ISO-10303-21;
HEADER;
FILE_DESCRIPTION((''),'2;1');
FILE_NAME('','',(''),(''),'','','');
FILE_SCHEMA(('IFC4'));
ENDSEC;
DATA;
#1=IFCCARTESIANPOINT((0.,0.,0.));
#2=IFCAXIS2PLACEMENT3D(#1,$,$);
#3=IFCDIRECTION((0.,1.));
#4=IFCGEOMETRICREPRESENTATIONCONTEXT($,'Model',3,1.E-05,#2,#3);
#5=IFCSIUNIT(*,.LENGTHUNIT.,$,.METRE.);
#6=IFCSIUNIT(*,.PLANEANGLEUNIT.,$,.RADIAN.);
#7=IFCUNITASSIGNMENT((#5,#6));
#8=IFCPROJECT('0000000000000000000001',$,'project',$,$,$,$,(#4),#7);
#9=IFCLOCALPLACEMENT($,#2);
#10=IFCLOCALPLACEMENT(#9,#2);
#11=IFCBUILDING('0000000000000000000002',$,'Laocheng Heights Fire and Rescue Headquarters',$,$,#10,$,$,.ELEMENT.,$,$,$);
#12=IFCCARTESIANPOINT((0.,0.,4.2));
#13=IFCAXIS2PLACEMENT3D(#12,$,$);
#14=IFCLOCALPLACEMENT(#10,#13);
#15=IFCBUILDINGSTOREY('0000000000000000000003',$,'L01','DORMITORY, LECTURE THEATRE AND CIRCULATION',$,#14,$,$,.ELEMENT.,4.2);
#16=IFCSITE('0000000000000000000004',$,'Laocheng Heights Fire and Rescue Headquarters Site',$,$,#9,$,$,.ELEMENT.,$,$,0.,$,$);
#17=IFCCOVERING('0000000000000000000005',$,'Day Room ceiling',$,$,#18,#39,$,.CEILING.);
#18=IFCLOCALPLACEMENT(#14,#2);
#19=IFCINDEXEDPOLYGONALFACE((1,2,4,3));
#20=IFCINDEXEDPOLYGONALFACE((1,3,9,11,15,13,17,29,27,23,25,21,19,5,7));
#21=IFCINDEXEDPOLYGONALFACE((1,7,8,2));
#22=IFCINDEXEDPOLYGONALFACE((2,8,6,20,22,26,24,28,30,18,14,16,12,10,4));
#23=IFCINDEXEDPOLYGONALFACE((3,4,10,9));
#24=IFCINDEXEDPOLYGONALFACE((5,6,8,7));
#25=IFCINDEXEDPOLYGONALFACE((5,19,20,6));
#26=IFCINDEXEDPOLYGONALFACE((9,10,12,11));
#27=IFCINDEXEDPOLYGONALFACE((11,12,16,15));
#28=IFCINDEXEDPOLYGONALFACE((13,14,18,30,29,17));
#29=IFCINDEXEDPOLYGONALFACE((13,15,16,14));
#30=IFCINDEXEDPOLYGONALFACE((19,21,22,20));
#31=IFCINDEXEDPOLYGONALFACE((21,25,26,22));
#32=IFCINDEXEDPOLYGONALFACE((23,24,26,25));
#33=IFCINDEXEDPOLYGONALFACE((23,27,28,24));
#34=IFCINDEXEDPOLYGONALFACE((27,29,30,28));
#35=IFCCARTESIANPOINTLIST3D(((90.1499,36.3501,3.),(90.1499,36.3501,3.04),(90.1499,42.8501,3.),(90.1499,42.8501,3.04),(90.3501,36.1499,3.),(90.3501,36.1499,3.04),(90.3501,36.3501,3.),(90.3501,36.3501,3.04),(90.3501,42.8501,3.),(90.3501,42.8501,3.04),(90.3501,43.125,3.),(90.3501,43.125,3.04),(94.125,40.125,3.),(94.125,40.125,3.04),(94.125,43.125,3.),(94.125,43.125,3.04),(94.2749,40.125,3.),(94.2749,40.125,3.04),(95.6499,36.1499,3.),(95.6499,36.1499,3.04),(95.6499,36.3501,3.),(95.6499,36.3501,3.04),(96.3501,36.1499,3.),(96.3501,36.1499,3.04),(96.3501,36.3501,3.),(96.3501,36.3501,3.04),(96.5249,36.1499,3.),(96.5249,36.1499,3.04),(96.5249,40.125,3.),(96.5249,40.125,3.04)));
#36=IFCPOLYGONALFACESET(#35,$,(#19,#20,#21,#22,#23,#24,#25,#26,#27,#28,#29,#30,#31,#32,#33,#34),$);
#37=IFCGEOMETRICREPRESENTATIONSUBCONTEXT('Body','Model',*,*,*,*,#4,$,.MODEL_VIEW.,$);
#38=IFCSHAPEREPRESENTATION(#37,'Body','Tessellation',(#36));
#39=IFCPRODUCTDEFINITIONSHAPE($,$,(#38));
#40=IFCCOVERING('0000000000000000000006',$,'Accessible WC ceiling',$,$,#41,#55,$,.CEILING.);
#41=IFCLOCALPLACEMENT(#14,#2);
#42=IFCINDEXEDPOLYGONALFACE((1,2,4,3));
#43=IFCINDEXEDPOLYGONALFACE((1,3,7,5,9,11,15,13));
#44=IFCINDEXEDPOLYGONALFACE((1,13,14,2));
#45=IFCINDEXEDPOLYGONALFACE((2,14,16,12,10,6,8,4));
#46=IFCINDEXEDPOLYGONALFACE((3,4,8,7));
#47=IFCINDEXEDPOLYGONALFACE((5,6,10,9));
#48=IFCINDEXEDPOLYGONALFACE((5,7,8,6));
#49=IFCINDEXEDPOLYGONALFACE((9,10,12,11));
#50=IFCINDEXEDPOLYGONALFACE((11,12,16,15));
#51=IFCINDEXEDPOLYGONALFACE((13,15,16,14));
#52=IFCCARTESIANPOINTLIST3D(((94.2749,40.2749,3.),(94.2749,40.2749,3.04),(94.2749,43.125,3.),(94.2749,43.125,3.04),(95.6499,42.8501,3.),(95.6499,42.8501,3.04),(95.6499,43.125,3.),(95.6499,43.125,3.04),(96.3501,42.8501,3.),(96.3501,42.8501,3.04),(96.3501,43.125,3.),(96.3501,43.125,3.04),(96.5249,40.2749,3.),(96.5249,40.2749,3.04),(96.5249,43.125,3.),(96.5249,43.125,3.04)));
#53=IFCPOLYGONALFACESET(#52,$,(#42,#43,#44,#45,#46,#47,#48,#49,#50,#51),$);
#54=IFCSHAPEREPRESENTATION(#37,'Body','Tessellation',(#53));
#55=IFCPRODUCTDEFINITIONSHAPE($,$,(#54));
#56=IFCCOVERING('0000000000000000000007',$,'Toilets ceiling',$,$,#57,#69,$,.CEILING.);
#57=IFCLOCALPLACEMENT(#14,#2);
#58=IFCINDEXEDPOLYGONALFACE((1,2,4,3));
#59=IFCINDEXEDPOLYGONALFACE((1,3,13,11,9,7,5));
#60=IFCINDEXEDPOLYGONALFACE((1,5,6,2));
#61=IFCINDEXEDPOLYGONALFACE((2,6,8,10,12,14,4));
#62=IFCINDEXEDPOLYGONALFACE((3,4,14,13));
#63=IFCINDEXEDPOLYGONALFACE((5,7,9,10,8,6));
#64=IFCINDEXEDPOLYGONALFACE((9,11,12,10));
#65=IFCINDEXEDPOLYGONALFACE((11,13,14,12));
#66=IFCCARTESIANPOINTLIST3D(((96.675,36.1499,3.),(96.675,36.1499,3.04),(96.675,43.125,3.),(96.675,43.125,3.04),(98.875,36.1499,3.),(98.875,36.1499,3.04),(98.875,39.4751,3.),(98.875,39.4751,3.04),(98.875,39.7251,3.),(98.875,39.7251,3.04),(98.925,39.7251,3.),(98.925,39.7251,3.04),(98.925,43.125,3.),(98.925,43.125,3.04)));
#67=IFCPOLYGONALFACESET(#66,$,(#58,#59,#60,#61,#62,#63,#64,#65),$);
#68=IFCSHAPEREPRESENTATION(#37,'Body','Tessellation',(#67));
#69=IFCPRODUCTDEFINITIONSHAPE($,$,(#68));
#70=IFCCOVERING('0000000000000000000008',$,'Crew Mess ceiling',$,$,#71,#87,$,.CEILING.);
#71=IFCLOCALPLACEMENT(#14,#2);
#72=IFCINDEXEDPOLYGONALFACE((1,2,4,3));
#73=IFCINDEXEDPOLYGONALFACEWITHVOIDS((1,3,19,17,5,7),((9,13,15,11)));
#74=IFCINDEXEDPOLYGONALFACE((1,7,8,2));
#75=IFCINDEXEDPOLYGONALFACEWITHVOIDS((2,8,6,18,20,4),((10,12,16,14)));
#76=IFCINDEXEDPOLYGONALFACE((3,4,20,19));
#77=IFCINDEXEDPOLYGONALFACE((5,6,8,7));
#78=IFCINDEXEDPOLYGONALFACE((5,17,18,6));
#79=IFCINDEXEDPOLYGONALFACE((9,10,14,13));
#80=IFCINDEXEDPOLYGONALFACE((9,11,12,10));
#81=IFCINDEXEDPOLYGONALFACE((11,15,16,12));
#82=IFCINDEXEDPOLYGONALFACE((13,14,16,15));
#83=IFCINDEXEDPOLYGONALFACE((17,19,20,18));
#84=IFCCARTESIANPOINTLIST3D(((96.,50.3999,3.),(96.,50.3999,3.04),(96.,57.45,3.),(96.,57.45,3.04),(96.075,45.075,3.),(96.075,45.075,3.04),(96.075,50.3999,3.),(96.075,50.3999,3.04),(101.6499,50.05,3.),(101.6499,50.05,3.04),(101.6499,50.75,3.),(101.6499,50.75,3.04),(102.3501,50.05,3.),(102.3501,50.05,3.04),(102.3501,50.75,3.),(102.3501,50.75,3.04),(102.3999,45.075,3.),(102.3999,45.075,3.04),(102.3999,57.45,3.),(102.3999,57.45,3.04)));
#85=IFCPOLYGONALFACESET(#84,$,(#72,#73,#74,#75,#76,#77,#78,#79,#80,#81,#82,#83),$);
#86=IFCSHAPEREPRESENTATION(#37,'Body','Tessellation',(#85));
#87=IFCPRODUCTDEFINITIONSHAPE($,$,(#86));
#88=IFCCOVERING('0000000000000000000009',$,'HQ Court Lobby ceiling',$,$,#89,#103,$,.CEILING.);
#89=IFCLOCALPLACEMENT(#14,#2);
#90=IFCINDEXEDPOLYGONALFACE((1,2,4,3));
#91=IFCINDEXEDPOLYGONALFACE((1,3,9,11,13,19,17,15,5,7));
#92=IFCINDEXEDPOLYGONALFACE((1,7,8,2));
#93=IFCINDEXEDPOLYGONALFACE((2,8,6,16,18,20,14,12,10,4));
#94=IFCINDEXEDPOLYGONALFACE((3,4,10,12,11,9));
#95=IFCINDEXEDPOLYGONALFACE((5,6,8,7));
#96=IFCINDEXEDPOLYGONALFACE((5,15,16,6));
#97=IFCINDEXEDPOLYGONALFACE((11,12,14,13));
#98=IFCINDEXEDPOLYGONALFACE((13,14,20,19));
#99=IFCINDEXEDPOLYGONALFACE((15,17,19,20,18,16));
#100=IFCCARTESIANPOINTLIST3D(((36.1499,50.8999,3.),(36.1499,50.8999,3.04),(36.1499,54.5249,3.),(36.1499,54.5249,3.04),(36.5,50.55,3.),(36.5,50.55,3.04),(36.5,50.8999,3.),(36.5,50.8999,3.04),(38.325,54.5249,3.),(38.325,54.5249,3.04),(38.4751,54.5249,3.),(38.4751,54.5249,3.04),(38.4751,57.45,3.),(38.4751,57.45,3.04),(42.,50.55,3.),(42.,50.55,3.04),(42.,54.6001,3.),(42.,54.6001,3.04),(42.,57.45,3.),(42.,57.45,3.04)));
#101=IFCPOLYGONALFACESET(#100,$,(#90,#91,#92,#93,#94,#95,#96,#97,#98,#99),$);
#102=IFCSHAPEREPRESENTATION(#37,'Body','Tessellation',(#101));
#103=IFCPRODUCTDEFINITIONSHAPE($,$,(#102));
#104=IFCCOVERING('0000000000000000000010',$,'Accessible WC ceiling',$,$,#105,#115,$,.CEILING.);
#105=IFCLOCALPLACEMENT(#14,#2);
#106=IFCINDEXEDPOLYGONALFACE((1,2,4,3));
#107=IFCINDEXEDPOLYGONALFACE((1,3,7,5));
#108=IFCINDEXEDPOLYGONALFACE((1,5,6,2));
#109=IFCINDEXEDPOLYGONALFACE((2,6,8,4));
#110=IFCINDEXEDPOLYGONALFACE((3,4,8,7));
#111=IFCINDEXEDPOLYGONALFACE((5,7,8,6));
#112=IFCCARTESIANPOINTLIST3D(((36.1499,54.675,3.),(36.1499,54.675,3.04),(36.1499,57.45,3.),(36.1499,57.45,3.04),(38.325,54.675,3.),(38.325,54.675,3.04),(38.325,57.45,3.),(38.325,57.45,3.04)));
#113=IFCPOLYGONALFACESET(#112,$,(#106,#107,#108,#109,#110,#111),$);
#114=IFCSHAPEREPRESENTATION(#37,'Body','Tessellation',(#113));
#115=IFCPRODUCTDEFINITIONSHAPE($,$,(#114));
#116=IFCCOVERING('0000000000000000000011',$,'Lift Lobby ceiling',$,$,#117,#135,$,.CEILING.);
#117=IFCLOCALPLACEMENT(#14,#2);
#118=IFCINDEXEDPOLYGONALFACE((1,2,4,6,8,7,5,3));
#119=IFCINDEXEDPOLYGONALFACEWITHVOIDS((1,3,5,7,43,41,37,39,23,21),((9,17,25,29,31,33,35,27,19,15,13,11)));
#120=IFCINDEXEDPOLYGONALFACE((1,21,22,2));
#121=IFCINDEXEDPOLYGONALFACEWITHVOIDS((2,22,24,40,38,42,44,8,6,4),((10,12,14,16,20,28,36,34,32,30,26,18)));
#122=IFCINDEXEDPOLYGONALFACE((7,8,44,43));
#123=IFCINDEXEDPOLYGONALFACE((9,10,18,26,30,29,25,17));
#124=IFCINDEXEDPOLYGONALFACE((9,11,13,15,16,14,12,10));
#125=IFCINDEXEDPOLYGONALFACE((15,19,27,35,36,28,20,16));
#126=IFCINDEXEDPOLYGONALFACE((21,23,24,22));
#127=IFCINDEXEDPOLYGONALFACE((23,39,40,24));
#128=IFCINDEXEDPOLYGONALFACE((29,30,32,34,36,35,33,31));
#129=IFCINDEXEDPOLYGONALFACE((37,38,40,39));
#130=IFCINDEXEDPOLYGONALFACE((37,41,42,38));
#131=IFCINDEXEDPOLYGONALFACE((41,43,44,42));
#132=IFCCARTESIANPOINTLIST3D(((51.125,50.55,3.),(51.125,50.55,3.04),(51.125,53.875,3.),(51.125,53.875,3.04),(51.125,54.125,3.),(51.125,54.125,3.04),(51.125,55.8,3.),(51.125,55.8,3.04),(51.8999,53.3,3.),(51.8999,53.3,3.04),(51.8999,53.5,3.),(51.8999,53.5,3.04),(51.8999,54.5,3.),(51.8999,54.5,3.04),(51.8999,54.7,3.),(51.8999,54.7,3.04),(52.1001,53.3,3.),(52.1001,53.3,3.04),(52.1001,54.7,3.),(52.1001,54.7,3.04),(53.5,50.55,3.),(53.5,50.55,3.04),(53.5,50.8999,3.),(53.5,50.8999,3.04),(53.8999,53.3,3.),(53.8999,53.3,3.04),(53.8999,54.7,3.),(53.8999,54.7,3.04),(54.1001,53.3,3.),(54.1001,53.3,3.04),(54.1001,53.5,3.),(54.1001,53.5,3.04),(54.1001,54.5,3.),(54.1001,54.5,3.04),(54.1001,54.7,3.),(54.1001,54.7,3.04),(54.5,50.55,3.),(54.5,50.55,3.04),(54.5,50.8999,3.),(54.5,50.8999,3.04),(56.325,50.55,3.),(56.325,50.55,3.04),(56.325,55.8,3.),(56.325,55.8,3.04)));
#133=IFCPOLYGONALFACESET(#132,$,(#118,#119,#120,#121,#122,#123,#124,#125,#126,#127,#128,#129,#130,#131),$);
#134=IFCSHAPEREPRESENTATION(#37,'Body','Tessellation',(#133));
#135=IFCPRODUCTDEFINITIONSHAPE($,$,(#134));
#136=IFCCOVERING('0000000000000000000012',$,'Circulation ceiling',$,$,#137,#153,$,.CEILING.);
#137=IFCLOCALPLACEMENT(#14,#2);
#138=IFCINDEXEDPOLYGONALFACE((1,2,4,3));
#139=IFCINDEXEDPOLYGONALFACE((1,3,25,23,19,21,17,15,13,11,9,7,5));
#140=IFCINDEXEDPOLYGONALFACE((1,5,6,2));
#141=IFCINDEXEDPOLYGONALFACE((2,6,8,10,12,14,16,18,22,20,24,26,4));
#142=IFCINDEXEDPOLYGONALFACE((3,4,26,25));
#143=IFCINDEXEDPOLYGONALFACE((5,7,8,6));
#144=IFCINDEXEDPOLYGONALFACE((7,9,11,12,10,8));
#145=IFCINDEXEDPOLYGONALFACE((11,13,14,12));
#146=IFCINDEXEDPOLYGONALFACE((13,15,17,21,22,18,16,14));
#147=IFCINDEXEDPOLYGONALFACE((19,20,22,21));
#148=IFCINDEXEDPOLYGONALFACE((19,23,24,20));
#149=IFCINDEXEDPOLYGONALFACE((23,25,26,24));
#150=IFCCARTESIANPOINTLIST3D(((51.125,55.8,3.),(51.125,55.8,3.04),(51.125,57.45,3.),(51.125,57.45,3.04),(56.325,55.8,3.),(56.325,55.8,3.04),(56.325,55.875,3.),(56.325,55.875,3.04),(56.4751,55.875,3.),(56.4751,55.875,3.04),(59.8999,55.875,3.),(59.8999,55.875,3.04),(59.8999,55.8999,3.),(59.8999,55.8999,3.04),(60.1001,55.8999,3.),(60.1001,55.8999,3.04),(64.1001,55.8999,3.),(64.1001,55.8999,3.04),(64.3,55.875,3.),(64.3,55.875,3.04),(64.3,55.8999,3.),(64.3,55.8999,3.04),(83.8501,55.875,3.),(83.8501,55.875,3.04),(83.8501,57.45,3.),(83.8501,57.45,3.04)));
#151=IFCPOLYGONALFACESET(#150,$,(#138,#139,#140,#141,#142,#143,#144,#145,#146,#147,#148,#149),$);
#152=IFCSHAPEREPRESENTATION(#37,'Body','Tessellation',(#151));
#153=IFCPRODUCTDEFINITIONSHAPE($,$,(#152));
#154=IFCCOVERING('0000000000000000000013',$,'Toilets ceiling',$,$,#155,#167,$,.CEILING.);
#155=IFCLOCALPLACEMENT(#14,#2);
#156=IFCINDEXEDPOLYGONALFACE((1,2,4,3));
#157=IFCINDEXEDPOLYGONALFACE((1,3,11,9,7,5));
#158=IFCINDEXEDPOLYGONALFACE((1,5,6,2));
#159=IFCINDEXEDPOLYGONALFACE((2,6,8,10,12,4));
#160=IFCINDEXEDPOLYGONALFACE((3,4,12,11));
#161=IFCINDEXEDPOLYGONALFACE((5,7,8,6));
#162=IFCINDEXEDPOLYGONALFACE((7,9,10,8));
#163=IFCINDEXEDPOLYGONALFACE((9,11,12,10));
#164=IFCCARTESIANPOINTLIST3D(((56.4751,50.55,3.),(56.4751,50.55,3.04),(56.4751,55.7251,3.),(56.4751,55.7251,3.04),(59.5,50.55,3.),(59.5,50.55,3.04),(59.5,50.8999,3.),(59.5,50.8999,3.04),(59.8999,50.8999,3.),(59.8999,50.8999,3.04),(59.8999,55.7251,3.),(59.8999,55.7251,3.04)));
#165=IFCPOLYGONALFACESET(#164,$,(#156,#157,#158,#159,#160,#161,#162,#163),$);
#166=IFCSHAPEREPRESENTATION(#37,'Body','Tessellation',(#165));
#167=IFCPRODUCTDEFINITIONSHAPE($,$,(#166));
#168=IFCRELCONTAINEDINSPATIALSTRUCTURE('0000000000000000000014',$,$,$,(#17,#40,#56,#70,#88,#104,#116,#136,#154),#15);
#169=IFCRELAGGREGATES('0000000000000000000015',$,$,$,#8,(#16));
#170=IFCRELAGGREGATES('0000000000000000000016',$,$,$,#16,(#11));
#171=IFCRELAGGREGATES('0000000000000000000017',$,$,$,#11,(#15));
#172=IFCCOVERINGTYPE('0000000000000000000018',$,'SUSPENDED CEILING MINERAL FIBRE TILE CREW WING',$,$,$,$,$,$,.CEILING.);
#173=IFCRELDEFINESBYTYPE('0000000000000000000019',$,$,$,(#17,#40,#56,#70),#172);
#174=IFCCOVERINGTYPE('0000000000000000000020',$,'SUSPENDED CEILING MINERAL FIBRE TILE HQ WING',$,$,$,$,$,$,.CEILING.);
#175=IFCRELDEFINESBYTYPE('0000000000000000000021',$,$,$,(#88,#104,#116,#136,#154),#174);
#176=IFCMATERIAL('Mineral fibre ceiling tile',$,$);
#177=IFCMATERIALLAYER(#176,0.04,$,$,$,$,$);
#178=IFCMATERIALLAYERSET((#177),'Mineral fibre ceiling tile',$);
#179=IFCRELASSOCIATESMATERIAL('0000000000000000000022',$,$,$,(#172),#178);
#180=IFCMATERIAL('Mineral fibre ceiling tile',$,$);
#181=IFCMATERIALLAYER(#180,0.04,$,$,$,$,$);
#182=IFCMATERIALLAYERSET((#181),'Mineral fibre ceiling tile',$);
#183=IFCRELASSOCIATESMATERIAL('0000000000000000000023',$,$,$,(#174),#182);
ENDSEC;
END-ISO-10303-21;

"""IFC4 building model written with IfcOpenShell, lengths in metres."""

from ifc_helpers import new_model, si_unit, direction, frame, origin, place, context, subcontext, project, spatial, polyline, outline, extrude, material, layer, layer_set, type_object, element, save


model = new_model("IFC4")

# Units and contexts
model_context = context("Model", 3, precision=1e-05, world=origin(), true_north=direction((0.0, 1.0)))
body_context = subcontext(model_context, "Body", "Model", "MODEL_VIEW")
ifc_project = project(units=[si_unit("LENGTHUNIT", "METRE"), si_unit("PLANEANGLEUNIT", "RADIAN")], contexts=[model_context])

# Site, building, storey
site_placement = place(None, origin())
site = spatial("IfcSite", under=ifc_project, at=site_placement, Name="Laocheng Heights Fire and Rescue Headquarters Site", CompositionType="ELEMENT", RefElevation=0.0)
building_placement = place(site_placement, origin())
building = spatial("IfcBuilding", under=site, at=building_placement, Name="Laocheng Heights Fire and Rescue Headquarters", CompositionType="ELEMENT")
storey_placement = place(building_placement, frame((0.0, 0.0, 4.2)))
storey = spatial("IfcBuildingStorey", under=building, at=storey_placement, Name="L01", Description="DORMITORY, LECTURE THEATRE AND CIRCULATION", CompositionType="ELEMENT", Elevation=4.2)

# Coverings
ifc_material_1 = material(Name="Mineral fibre ceiling tile")
ifc_layer_1 = layer(ifc_material_1, 0.04)
ifc_layer_set_1 = layer_set([ifc_layer_1], Name="Mineral fibre ceiling tile")
covering_type_1 = type_object("IfcCoveringType", Name="SUSPENDED CEILING MINERAL FIBRE TILE CREW WING", PredefinedType="CEILING", material=ifc_layer_set_1)
covering_1_placement = place(storey_placement, frame((0.0, 0.0, 3.0)))
element("IfcCovering", 1, at=covering_1_placement, inside=storey, type_object=covering_type_1, Name="Day Room ceiling", PredefinedType="CEILING", context=body_context, shape_type="SweptSolid", body=[
    extrude(outline(polyline([(96.3501, 36.1499), (96.3501, 36.3501), (95.6499, 36.3501), (95.6499, 36.1499), (90.3501, 36.1499), (90.3501, 36.3501), (90.1499, 36.3501), (90.1499, 42.8501), (90.3501, 42.8501), (90.3501, 43.125), (94.125, 43.125), (94.125, 40.125), (94.2749, 40.125), (96.5249, 40.125), (96.5249, 36.1499), (96.3501, 36.1499)])), origin(), (0.0, 0.0, 1.0), 0.04),
])
covering_2_placement = place(storey_placement, frame((0.0, 0.0, 3.0)))
element("IfcCovering", 2, at=covering_2_placement, inside=storey, type_object=covering_type_1, Name="Accessible WC ceiling", PredefinedType="CEILING", context=body_context, shape_type="SweptSolid", body=[
    extrude(outline(polyline([(96.5249, 40.2749), (94.2749, 40.2749), (94.2749, 43.125), (95.6499, 43.125), (95.6499, 42.8501), (96.3501, 42.8501), (96.3501, 43.125), (96.5249, 43.125), (96.5249, 40.2749)])), origin(), (0.0, 0.0, 1.0), 0.04),
])
covering_3_placement = place(storey_placement, frame((0.0, 0.0, 3.0)))
element("IfcCovering", 3, at=covering_3_placement, inside=storey, type_object=covering_type_1, Name="Toilets ceiling", PredefinedType="CEILING", context=body_context, shape_type="SweptSolid", body=[
    extrude(outline(polyline([(96.675, 36.1499), (96.675, 43.125), (98.925, 43.125), (98.925, 39.7251), (98.875, 39.7251), (98.875, 39.4751), (98.875, 36.1499), (96.675, 36.1499)])), origin(), (0.0, 0.0, 1.0), 0.04),
])
covering_4_placement = place(storey_placement, frame((0.0, 0.0, 3.0)))
element("IfcCovering", 4, at=covering_4_placement, inside=storey, type_object=covering_type_1, Name="Crew Mess ceiling", PredefinedType="CEILING", context=body_context, shape_type="SweptSolid", body=[
    extrude(outline(polyline([(102.3999, 57.45), (102.3999, 45.075), (96.075, 45.075), (96.075, 50.3999), (96.0, 50.3999), (96.0, 57.45), (102.3999, 57.45)]), holes=[polyline([(101.6499, 50.75), (101.6499, 50.05), (102.3501, 50.05), (102.3501, 50.75), (101.6499, 50.75)])]), origin(), (0.0, 0.0, 1.0), 0.04),
])
ifc_material_2 = material(Name="Mineral fibre ceiling tile")
ifc_layer_2 = layer(ifc_material_2, 0.04)
ifc_layer_set_2 = layer_set([ifc_layer_2], Name="Mineral fibre ceiling tile")
covering_type_2 = type_object("IfcCoveringType", Name="SUSPENDED CEILING MINERAL FIBRE TILE HQ WING", PredefinedType="CEILING", material=ifc_layer_set_2)
covering_5_placement = place(storey_placement, frame((0.0, 0.0, 3.0)))
element("IfcCovering", 5, at=covering_5_placement, inside=storey, type_object=covering_type_2, Name="HQ Court Lobby ceiling", PredefinedType="CEILING", context=body_context, shape_type="SweptSolid", body=[
    extrude(outline(polyline([(42.0, 50.55), (36.5, 50.55), (36.5, 50.8999), (36.1499, 50.8999), (36.1499, 54.5249), (38.325, 54.5249), (38.4751, 54.5249), (38.4751, 57.45), (42.0, 57.45), (42.0, 54.6001), (42.0, 50.55)])), origin(), (0.0, 0.0, 1.0), 0.04),
])
covering_6_placement = place(storey_placement, frame((0.0, 0.0, 3.0)))
element("IfcCovering", 6, at=covering_6_placement, inside=storey, type_object=covering_type_2, Name="Accessible WC ceiling", PredefinedType="CEILING", context=body_context, shape_type="SweptSolid", body=[
    extrude(outline(polyline([(36.1499, 57.45), (38.325, 57.45), (38.325, 54.675), (36.1499, 54.675), (36.1499, 57.45)])), origin(), (0.0, 0.0, 1.0), 0.04),
])
covering_7_placement = place(storey_placement, frame((0.0, 0.0, 3.0)))
element("IfcCovering", 7, at=covering_7_placement, inside=storey, type_object=covering_type_2, Name="Lift Lobby ceiling", PredefinedType="CEILING", context=body_context, shape_type="SweptSolid", body=[
    extrude(outline(polyline([(56.325, 50.55), (54.5, 50.55), (54.5, 50.8999), (53.5, 50.8999), (53.5, 50.55), (51.125, 50.55), (51.125, 53.875), (51.125, 54.125), (51.125, 55.8), (56.325, 55.8), (56.325, 50.55)]), holes=[polyline([(53.8999, 53.3), (54.1001, 53.3), (54.1001, 53.5), (54.1001, 54.5), (54.1001, 54.7), (53.8999, 54.7), (52.1001, 54.7), (51.8999, 54.7), (51.8999, 54.5), (51.8999, 53.5), (51.8999, 53.3), (52.1001, 53.3), (53.8999, 53.3)])]), origin(), (0.0, 0.0, 1.0), 0.04),
])
covering_8_placement = place(storey_placement, frame((0.0, 0.0, 3.0)))
element("IfcCovering", 8, at=covering_8_placement, inside=storey, type_object=covering_type_2, Name="Circulation ceiling", PredefinedType="CEILING", context=body_context, shape_type="SweptSolid", body=[
    extrude(outline(polyline([(51.125, 57.45), (83.8501, 57.45), (83.8501, 55.875), (64.3, 55.875), (64.3, 55.8999), (64.1001, 55.8999), (60.1001, 55.8999), (59.8999, 55.8999), (59.8999, 55.875), (56.4751, 55.875), (56.325, 55.875), (56.325, 55.8), (51.125, 55.8), (51.125, 57.45)])), origin(), (0.0, 0.0, 1.0), 0.04),
])
covering_9_placement = place(storey_placement, frame((0.0, 0.0, 3.0)))
element("IfcCovering", 9, at=covering_9_placement, inside=storey, type_object=covering_type_2, Name="Toilets ceiling", PredefinedType="CEILING", context=body_context, shape_type="SweptSolid", body=[
    extrude(outline(polyline([(56.4751, 55.7251), (59.8999, 55.7251), (59.8999, 50.8999), (59.5, 50.8999), (59.5, 50.55), (56.4751, 50.55), (56.4751, 55.7251)])), origin(), (0.0, 0.0, 1.0), 0.04),
])

save(model, "model.ifc")
